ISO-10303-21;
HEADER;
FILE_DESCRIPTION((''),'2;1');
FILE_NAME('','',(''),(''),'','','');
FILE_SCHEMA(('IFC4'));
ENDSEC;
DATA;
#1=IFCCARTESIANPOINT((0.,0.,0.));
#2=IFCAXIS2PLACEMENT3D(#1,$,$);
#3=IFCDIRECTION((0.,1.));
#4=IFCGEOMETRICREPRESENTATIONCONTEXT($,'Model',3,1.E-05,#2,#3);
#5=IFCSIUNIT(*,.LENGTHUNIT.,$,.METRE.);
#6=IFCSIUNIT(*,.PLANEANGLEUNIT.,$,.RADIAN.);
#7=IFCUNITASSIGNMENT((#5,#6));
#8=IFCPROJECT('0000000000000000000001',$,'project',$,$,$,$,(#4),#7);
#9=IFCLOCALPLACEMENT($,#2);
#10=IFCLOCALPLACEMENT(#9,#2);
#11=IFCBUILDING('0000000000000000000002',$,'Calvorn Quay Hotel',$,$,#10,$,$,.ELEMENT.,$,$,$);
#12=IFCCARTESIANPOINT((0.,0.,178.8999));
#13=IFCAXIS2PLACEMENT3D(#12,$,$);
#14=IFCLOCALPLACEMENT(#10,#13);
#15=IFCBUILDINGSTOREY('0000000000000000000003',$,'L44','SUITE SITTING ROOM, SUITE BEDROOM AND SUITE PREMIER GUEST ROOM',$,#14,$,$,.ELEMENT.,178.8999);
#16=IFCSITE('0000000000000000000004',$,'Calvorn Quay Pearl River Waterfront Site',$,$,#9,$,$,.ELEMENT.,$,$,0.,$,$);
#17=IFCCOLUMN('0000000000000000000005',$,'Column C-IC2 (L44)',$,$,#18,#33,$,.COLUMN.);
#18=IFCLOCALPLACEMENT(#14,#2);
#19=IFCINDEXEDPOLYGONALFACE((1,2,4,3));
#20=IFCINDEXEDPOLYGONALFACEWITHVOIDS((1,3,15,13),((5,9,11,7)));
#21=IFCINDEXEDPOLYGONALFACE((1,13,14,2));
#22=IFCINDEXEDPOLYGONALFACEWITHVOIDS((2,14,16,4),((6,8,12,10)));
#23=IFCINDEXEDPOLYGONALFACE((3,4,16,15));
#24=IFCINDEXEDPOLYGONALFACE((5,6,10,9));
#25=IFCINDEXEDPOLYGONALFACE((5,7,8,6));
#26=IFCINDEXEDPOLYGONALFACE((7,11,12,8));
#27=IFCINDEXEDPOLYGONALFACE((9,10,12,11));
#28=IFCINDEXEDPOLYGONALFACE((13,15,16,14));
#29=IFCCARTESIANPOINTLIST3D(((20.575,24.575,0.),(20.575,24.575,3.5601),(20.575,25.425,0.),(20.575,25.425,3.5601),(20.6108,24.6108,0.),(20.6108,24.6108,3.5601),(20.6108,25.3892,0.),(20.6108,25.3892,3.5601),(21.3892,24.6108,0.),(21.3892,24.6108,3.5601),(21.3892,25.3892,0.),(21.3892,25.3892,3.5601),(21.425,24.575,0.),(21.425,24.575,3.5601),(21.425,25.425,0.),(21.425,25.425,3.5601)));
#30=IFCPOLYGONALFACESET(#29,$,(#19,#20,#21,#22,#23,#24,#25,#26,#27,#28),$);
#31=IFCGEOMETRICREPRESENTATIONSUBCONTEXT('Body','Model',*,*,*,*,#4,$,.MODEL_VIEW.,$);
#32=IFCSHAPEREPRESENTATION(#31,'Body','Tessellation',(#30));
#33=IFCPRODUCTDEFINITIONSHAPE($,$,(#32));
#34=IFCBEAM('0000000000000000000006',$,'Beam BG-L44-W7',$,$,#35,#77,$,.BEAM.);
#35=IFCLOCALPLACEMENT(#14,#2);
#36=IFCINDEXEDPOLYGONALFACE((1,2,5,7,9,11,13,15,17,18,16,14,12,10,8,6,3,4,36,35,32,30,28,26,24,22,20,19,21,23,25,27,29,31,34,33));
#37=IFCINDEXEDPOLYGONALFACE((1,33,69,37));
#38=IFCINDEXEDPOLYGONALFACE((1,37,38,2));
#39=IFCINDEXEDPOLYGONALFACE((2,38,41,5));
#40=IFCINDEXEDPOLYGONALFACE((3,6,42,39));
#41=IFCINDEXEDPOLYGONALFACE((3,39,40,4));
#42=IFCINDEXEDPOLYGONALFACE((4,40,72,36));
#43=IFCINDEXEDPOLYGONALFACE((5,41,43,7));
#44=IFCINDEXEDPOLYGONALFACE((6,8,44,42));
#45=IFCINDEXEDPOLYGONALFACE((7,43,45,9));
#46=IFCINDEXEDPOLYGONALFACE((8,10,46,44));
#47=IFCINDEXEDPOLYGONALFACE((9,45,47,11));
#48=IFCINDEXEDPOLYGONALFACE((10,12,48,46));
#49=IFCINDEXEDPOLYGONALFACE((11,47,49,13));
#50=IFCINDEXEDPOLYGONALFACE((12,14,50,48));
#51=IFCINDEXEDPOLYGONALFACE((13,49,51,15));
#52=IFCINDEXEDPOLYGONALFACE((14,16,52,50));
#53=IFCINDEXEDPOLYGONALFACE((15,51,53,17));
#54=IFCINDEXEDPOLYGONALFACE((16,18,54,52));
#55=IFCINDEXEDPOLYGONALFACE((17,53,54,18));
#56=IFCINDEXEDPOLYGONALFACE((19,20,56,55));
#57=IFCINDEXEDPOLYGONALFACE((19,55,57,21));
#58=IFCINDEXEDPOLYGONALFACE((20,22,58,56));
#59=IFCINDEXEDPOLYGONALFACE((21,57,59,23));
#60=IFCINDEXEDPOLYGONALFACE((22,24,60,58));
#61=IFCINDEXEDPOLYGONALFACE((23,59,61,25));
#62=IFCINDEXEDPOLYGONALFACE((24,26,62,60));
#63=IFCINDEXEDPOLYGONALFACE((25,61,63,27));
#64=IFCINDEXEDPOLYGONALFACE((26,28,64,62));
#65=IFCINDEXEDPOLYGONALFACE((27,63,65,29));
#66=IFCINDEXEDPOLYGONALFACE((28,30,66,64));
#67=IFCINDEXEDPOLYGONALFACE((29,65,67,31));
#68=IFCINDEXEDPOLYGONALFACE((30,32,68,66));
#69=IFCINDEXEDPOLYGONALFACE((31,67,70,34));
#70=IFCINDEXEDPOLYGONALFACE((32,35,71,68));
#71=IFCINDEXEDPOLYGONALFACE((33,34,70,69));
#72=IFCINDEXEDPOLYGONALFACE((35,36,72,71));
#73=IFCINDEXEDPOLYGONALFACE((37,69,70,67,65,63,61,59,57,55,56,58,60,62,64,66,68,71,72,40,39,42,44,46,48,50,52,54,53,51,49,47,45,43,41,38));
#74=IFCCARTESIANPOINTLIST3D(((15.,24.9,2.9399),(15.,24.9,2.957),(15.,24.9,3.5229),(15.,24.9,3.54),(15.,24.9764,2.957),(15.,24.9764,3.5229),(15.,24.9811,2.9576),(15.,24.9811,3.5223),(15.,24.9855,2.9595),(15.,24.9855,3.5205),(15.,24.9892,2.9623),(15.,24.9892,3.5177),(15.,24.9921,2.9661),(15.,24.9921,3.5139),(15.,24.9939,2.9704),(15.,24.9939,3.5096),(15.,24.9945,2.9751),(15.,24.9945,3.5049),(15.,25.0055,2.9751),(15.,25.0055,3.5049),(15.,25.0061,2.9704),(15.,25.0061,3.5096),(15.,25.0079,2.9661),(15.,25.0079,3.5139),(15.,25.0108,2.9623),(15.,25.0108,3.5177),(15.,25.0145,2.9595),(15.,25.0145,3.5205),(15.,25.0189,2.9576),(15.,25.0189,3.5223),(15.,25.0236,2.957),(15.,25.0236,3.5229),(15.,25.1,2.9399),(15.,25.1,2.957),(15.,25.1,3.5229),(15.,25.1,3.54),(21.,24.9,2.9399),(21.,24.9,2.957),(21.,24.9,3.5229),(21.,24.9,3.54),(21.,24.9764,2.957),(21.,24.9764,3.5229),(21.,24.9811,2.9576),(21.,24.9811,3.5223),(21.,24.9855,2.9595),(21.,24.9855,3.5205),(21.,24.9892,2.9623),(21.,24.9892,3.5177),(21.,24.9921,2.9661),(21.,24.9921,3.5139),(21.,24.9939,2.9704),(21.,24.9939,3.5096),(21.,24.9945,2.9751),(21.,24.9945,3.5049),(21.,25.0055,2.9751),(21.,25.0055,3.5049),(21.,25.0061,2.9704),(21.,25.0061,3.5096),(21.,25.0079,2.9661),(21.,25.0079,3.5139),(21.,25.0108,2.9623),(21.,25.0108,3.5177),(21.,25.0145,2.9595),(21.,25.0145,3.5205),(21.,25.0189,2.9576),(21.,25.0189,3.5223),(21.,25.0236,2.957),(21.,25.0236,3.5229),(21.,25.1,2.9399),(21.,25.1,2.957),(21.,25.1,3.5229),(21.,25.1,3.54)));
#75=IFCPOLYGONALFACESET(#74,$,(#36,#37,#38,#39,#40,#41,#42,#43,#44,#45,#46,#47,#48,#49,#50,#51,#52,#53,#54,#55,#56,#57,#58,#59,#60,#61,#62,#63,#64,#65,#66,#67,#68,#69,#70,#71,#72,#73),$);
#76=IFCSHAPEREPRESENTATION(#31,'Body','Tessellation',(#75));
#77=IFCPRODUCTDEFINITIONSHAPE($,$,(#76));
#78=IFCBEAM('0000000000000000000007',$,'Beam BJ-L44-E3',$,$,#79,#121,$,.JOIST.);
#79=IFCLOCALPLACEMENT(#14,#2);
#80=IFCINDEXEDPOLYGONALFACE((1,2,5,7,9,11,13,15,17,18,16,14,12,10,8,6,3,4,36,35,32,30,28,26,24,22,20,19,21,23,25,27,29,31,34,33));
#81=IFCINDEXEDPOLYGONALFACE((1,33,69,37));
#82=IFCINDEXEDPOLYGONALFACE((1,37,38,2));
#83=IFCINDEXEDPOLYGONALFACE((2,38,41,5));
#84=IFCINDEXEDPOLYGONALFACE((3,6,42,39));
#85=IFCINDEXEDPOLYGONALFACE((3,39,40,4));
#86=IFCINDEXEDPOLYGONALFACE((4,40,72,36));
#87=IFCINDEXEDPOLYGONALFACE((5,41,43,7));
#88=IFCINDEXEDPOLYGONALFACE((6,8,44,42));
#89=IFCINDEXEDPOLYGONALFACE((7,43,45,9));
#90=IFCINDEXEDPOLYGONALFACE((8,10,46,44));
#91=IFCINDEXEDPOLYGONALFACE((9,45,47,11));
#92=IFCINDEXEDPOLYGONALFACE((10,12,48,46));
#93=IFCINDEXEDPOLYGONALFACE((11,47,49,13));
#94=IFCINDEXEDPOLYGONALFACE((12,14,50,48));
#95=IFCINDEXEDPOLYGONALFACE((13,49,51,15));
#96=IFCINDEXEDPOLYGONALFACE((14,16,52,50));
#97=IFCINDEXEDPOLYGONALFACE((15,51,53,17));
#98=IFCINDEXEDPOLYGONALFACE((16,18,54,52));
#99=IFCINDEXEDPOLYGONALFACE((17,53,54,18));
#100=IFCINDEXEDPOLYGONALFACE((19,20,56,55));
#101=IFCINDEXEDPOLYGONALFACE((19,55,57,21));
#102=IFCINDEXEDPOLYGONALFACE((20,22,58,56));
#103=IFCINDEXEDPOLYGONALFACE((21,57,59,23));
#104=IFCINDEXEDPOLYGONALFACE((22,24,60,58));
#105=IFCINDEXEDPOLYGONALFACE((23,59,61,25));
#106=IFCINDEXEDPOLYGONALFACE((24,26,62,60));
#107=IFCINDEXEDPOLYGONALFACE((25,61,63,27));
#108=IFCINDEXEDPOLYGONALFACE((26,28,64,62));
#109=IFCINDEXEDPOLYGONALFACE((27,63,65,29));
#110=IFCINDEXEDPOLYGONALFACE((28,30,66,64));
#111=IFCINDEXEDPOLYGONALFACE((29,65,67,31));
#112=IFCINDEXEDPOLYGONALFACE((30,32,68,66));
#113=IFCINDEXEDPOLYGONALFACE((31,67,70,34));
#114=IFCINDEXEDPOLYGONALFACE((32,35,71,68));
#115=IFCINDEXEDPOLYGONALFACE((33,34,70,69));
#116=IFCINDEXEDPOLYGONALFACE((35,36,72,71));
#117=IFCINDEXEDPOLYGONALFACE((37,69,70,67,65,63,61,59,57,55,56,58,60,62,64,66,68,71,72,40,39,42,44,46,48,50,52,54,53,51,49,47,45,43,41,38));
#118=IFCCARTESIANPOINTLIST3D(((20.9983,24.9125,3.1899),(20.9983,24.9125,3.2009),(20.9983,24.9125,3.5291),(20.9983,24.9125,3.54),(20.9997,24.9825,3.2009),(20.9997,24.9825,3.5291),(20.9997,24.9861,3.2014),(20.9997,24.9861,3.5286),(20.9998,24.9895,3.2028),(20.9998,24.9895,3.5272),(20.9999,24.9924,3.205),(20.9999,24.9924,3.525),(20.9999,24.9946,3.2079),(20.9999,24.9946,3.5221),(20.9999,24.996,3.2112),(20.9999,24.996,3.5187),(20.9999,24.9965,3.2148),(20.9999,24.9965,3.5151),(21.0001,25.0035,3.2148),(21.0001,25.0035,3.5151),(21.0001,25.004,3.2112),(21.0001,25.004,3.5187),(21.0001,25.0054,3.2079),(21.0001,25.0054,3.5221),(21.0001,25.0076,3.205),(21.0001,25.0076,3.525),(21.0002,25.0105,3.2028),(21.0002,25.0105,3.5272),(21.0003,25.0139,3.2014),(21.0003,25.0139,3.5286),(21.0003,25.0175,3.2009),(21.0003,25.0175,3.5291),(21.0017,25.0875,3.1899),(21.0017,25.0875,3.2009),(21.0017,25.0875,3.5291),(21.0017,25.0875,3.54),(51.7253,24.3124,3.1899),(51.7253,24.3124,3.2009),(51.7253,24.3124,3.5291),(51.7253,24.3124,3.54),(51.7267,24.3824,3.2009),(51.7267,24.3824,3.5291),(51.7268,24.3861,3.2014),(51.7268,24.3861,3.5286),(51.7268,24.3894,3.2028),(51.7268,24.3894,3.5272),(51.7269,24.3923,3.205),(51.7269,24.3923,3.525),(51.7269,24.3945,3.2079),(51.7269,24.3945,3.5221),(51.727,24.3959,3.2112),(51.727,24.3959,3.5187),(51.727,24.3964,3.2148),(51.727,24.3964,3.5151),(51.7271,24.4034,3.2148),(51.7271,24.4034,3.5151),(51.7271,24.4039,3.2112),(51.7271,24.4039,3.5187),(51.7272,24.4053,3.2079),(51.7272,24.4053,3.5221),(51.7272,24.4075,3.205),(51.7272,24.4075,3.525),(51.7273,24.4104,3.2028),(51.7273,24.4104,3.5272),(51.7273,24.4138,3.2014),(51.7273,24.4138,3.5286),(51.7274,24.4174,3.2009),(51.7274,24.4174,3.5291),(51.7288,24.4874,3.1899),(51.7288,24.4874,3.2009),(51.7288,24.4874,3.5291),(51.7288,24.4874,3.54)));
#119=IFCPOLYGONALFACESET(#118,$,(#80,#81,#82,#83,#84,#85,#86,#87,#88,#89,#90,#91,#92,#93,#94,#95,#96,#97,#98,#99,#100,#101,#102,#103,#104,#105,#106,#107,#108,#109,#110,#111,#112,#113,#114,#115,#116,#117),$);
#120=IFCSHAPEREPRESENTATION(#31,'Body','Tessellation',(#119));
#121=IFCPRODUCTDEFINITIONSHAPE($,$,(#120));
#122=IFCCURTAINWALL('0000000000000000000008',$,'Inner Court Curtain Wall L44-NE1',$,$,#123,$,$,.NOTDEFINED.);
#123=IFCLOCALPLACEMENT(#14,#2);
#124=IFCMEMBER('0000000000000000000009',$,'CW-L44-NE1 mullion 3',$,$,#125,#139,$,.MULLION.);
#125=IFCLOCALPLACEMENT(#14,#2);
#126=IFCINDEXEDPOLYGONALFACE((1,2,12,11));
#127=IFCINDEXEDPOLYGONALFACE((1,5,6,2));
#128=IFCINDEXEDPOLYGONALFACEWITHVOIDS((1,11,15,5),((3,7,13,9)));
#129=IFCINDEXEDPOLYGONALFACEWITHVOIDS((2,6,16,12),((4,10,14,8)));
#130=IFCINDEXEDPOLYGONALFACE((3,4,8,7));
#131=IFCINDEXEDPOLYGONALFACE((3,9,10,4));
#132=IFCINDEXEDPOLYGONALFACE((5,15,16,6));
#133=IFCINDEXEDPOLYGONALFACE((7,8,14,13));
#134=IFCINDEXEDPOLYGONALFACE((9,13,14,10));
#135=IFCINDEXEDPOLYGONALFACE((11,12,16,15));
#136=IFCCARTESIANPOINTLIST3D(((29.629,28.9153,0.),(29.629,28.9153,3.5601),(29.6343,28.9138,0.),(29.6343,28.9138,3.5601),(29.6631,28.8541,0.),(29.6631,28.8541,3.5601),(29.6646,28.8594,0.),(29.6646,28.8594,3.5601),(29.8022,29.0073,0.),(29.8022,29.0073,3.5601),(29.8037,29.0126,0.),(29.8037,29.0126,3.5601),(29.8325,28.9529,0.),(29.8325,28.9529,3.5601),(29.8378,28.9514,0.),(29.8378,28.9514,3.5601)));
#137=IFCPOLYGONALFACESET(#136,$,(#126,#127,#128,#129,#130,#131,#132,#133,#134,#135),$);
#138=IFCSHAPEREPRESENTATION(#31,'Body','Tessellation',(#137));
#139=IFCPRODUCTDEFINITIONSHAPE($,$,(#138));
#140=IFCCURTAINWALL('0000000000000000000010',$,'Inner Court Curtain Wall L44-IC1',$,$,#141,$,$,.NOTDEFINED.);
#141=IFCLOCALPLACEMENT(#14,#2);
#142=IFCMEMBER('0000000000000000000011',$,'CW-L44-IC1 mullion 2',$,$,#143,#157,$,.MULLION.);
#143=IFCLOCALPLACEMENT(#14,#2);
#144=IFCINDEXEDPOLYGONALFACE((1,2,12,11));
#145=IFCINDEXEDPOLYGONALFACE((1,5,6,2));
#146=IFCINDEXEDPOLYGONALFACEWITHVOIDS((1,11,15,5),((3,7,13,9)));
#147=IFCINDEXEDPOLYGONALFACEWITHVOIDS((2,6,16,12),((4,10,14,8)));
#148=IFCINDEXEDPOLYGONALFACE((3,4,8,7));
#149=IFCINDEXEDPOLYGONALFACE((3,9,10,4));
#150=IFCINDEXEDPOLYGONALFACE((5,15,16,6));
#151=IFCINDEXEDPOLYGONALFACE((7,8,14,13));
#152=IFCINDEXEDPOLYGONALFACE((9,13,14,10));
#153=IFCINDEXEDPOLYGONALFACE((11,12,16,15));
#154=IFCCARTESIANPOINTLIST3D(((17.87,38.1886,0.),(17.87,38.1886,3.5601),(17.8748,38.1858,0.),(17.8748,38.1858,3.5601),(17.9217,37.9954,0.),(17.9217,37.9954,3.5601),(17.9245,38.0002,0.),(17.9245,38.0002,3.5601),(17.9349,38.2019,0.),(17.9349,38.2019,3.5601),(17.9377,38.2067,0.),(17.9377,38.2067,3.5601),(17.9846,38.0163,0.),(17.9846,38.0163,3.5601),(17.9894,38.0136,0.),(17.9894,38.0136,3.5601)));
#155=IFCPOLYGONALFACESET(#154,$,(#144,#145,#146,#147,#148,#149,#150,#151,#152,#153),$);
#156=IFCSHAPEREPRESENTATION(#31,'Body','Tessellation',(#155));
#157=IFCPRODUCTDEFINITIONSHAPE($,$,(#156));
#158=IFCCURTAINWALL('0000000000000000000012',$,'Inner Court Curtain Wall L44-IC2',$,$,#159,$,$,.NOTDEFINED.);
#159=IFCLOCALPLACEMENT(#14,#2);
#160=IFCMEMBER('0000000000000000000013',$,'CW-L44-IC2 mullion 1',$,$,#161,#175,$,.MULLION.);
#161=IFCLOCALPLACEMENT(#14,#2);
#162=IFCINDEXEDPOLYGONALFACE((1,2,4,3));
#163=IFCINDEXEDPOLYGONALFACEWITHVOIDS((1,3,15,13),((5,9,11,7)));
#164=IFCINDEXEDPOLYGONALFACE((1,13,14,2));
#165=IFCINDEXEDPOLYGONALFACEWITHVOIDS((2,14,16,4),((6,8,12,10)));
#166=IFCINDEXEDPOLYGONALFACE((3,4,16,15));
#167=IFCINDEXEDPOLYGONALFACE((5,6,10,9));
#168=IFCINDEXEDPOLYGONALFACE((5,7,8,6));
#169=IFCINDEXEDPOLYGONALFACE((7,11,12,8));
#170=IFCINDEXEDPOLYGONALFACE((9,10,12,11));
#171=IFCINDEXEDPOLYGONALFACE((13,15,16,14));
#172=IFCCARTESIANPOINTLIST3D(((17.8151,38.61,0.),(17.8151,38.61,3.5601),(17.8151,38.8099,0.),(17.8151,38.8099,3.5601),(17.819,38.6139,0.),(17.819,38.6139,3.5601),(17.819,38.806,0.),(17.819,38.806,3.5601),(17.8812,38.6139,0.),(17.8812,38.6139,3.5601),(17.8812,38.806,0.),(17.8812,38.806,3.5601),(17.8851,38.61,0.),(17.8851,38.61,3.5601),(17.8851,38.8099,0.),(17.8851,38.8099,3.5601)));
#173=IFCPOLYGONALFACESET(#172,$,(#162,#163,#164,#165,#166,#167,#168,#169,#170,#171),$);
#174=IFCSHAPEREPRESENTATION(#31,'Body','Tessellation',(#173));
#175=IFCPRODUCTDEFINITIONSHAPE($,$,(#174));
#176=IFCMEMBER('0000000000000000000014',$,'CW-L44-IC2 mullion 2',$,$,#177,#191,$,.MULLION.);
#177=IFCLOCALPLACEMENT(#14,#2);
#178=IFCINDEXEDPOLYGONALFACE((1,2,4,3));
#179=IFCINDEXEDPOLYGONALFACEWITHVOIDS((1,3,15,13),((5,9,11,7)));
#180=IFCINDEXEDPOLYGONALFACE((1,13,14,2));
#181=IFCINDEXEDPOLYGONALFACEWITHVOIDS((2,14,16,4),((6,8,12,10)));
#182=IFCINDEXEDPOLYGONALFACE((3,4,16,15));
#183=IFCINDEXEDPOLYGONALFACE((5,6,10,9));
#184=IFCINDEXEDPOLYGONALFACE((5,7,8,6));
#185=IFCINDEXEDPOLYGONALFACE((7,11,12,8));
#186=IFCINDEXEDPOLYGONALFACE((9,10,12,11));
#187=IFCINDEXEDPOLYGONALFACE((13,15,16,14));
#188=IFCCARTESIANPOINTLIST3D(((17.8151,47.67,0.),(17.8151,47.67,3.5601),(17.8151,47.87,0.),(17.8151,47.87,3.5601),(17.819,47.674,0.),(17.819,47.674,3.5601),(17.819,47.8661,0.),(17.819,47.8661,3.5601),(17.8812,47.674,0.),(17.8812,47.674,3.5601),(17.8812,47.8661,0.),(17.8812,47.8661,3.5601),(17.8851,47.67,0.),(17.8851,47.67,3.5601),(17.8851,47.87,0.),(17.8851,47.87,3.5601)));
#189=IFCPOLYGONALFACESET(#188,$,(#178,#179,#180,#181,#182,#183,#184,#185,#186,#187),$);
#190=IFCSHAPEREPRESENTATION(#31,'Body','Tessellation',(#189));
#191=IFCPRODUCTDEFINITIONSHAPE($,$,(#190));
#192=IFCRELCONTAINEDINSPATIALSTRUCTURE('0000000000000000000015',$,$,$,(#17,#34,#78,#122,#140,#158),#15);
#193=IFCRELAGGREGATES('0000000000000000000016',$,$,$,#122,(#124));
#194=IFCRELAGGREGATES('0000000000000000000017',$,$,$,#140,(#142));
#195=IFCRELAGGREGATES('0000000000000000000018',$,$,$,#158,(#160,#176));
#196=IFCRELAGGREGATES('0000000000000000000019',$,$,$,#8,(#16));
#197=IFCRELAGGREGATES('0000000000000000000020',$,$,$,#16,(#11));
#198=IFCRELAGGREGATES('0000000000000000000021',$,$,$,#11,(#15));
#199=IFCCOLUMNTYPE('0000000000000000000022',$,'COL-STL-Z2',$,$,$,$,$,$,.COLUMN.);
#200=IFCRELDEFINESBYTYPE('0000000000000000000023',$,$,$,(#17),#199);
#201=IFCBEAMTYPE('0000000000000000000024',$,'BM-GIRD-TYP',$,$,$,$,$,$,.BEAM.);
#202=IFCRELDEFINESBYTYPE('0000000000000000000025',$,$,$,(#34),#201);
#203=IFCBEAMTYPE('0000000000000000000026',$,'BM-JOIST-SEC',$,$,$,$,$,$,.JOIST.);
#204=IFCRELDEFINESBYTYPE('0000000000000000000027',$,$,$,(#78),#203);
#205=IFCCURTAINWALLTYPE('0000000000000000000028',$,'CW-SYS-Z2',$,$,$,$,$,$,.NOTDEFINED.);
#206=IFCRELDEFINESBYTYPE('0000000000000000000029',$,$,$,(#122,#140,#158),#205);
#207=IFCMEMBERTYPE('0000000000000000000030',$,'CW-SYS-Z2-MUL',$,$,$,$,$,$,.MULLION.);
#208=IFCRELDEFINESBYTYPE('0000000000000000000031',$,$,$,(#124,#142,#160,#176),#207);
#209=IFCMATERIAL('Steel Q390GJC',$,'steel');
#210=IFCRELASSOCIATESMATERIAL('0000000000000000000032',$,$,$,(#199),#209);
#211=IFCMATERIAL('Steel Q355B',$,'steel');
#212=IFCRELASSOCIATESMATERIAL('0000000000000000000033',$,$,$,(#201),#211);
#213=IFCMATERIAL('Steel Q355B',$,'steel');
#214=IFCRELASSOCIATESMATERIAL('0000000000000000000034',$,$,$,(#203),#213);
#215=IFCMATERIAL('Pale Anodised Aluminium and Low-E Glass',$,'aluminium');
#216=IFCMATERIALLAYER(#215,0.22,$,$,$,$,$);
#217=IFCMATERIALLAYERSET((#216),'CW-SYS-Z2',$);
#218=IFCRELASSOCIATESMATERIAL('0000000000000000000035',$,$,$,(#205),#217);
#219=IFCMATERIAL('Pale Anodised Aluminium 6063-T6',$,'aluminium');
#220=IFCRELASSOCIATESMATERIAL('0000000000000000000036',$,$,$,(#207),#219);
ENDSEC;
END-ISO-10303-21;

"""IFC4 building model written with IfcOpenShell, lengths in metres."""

from ifc_helpers import new_model, si_unit, direction, frame, origin, origin_2d, place, context, subcontext, project, spatial, hollow_rectangle, i_section, extrude, material, layer, layer_set, material_profile, profile_set, type_object, element, aggregate, save


model = new_model("IFC4")

# Units and contexts
model_context = context("Model", 3, precision=1e-05, world=origin(), true_north=direction((0.0, 1.0)))
body_context = subcontext(model_context, "Body", "Model", "MODEL_VIEW")
ifc_project = project(units=[si_unit("LENGTHUNIT", "METRE"), si_unit("PLANEANGLEUNIT", "RADIAN")], contexts=[model_context])

# Site, building, storey
site_placement = place(None, origin())
site = spatial("IfcSite", under=ifc_project, at=site_placement, Name="Calvorn Quay Pearl River Waterfront Site", CompositionType="ELEMENT", RefElevation=0.0)
building_placement = place(site_placement, origin())
building = spatial("IfcBuilding", under=site, at=building_placement, Name="Calvorn Quay Hotel", CompositionType="ELEMENT")
storey_placement = place(building_placement, frame((0.0, 0.0, 178.8999)))
storey = spatial("IfcBuildingStorey", under=building, at=storey_placement, Name="L44", Description="SUITE SITTING ROOM, SUITE BEDROOM AND SUITE PREMIER GUEST ROOM", CompositionType="ELEMENT", Elevation=178.8999)

# Column
ifc_material_1 = material(Name="Steel Q390GJC", Category="steel")
ifc_material_profile_1 = material_profile(ifc_material_1, hollow_rectangle(XDim=0.8501, YDim=0.8501, WallThickness=0.0359, at=origin_2d()), Name="BOX850x850x36")
ifc_profile_set_1 = profile_set([ifc_material_profile_1], Name="Steel Q390GJC")
column_type = type_object("IfcColumnType", Name="COL-STL-Z2", PredefinedType="COLUMN", material=ifc_profile_set_1)
column_placement = place(storey_placement, frame((21.0, 25.0, 0.0), z_axis=(0.0, 0.0, 1.0), x_axis=(1.0, 0.0, 0.0)))
element("IfcColumn", 1, at=column_placement, inside=storey, type_object=column_type, Name="Column C-IC2 (L44)", PredefinedType="COLUMN", context=body_context, shape_type="SweptSolid", body=[
    extrude(hollow_rectangle(XDim=0.8501, YDim=0.8501, WallThickness=0.0359, at=origin_2d()), origin(), (0.0, 0.0, 1.0), 3.5601),
])

# Beams
ifc_material_2 = material(Name="Steel Q355B", Category="steel")
ifc_material_profile_2 = material_profile(ifc_material_2, i_section(OverallWidth=0.2, OverallDepth=0.6001, WebThickness=0.011, FlangeThickness=0.0171, FilletRadius=0.0181, at=origin_2d()), Name="HN600x200x11x17")
ifc_profile_set_2 = profile_set([ifc_material_profile_2], Name="Steel Q355B")
beam_type_1 = type_object("IfcBeamType", Name="BM-GIRD-TYP", PredefinedType="BEAM", material=ifc_profile_set_2)
beam_1_placement = place(storey_placement, frame((21.0, 25.0, 3.24), z_axis=(-1.0, 0.0, 0.0), x_axis=(0.0, -1.0, 0.0)))
element("IfcBeam", 2, at=beam_1_placement, inside=storey, type_object=beam_type_1, Name="Beam BG-L44-W7", PredefinedType="BEAM", context=body_context, shape_type="SweptSolid", body=[
    extrude(i_section(OverallWidth=0.2, OverallDepth=0.6001, WebThickness=0.011, FlangeThickness=0.0171, FilletRadius=0.0181, at=origin_2d()), origin(), (0.0, 0.0, 1.0), 6.0),
])
ifc_material_3 = material(Name="Steel Q355B", Category="steel")
ifc_material_profile_3 = material_profile(ifc_material_3, i_section(OverallWidth=0.175, OverallDepth=0.3501, WebThickness=0.0071, FlangeThickness=0.011, FilletRadius=0.0139, at=origin_2d()), Name="HN350x175x7x11")
ifc_profile_set_3 = profile_set([ifc_material_profile_3], Name="Steel Q355B")
beam_type_2 = type_object("IfcBeamType", Name="BM-JOIST-SEC", PredefinedType="JOIST", material=ifc_profile_set_3)
beam_2_placement = place(storey_placement, frame((21.0, 25.0, 3.365), z_axis=(0.999809, -0.019526, 0.0), x_axis=(0.019526, 0.999809, 0.0)))
element("IfcBeam", 3, at=beam_2_placement, inside=storey, type_object=beam_type_2, Name="Beam BJ-L44-E3", PredefinedType="JOIST", context=body_context, shape_type="SweptSolid", body=[
    extrude(i_section(OverallWidth=0.175, OverallDepth=0.3501, WebThickness=0.0071, FlangeThickness=0.011, FilletRadius=0.0139, at=origin_2d()), origin(), (0.0, 0.0, 1.0), 30.7329),
])

# Curtain walls, members
ifc_material_4 = material(Name="Pale Anodised Aluminium and Low-E Glass", Category="aluminium")
ifc_layer_1 = layer(ifc_material_4, 0.22)
ifc_layer_set_1 = layer_set([ifc_layer_1], Name="CW-SYS-Z2")
curtain_wall_type = type_object("IfcCurtainWallType", Name="CW-SYS-Z2", PredefinedType="NOTDEFINED", material=ifc_layer_set_1)
curtain_wall_1_placement = place(storey_placement, origin())
curtain_wall_1 = element("IfcCurtainWall", 4, at=curtain_wall_1_placement, inside=storey, type_object=curtain_wall_type, Name="Inner Court Curtain Wall L44-NE1", PredefinedType="NOTDEFINED")
ifc_material_5 = material(Name="Pale Anodised Aluminium 6063-T6", Category="aluminium")
ifc_material_profile_4 = material_profile(ifc_material_5, hollow_rectangle(XDim=0.0701, YDim=0.2, WallThickness=0.0039, at=origin_2d()), Name="ALU-M200x70x4")
ifc_profile_set_4 = profile_set([ifc_material_profile_4], Name="Pale Anodised Aluminium 6063-T6")
member_type_1 = type_object("IfcMemberType", Name="CW-SYS-Z2-MUL", PredefinedType="MULLION", material=ifc_profile_set_4)
member_1_placement = place(storey_placement, frame((29.7334, 28.9333, 0.0), z_axis=(0.0, 0.0, 1.0), x_axis=(0.486858, -0.873481, 0.0)))
member_1 = element("IfcMember", 5, at=member_1_placement, type_object=member_type_1, Name="CW-L44-NE1 mullion 3", PredefinedType="MULLION", context=body_context, shape_type="SweptSolid", body=[
    extrude(hollow_rectangle(XDim=0.0701, YDim=0.2, WallThickness=0.0039, at=origin_2d()), origin(), (0.0, 0.0, 1.0), 3.5601),
])
curtain_wall_2_placement = place(storey_placement, origin())
curtain_wall_2 = element("IfcCurtainWall", 6, at=curtain_wall_2_placement, inside=storey, type_object=curtain_wall_type, Name="Inner Court Curtain Wall L44-IC1", PredefinedType="NOTDEFINED")
member_2_placement = place(storey_placement, frame((17.9297, 38.1011, 0.0), z_axis=(0.0, 0.0, 1.0), x_axis=(-0.965937, -0.258779, 0.0)))
member_2 = element("IfcMember", 7, at=member_2_placement, type_object=member_type_1, Name="CW-L44-IC1 mullion 2", PredefinedType="MULLION", context=body_context, shape_type="SweptSolid", body=[
    extrude(hollow_rectangle(XDim=0.0701, YDim=0.2, WallThickness=0.0039, at=origin_2d()), origin(), (0.0, 0.0, 1.0), 3.5601),
])

# Curtain wall, members
curtain_wall_3_placement = place(storey_placement, origin())
curtain_wall_3 = element("IfcCurtainWall", 8, at=curtain_wall_3_placement, inside=storey, type_object=curtain_wall_type, Name="Inner Court Curtain Wall L44-IC2", PredefinedType="NOTDEFINED")
member_3_placement = place(storey_placement, frame((17.8501, 38.71, 0.0), z_axis=(0.0, 0.0, 1.0), x_axis=(-1.0, 0.0, 0.0)))
member_3 = element("IfcMember", 9, at=member_3_placement, type_object=member_type_1, Name="CW-L44-IC2 mullion 1", PredefinedType="MULLION", context=body_context, shape_type="SweptSolid", body=[
    extrude(hollow_rectangle(XDim=0.0701, YDim=0.2, WallThickness=0.0039, at=origin_2d()), origin(), (0.0, 0.0, 1.0), 3.5601),
])
member_4_placement = place(storey_placement, frame((17.8501, 47.77, 0.0), z_axis=(0.0, 0.0, 1.0), x_axis=(-1.0, 0.0, 0.0)))
member_4 = element("IfcMember", 10, at=member_4_placement, type_object=member_type_1, Name="CW-L44-IC2 mullion 2", PredefinedType="MULLION", context=body_context, shape_type="SweptSolid", body=[
    extrude(hollow_rectangle(XDim=0.0701, YDim=0.2, WallThickness=0.0039, at=origin_2d()), origin(), (0.0, 0.0, 1.0), 3.5601),
])

aggregate(curtain_wall_1, [member_1])
aggregate(curtain_wall_2, [member_2])
aggregate(curtain_wall_3, [member_3, member_4])

save(model, "model.ifc")
